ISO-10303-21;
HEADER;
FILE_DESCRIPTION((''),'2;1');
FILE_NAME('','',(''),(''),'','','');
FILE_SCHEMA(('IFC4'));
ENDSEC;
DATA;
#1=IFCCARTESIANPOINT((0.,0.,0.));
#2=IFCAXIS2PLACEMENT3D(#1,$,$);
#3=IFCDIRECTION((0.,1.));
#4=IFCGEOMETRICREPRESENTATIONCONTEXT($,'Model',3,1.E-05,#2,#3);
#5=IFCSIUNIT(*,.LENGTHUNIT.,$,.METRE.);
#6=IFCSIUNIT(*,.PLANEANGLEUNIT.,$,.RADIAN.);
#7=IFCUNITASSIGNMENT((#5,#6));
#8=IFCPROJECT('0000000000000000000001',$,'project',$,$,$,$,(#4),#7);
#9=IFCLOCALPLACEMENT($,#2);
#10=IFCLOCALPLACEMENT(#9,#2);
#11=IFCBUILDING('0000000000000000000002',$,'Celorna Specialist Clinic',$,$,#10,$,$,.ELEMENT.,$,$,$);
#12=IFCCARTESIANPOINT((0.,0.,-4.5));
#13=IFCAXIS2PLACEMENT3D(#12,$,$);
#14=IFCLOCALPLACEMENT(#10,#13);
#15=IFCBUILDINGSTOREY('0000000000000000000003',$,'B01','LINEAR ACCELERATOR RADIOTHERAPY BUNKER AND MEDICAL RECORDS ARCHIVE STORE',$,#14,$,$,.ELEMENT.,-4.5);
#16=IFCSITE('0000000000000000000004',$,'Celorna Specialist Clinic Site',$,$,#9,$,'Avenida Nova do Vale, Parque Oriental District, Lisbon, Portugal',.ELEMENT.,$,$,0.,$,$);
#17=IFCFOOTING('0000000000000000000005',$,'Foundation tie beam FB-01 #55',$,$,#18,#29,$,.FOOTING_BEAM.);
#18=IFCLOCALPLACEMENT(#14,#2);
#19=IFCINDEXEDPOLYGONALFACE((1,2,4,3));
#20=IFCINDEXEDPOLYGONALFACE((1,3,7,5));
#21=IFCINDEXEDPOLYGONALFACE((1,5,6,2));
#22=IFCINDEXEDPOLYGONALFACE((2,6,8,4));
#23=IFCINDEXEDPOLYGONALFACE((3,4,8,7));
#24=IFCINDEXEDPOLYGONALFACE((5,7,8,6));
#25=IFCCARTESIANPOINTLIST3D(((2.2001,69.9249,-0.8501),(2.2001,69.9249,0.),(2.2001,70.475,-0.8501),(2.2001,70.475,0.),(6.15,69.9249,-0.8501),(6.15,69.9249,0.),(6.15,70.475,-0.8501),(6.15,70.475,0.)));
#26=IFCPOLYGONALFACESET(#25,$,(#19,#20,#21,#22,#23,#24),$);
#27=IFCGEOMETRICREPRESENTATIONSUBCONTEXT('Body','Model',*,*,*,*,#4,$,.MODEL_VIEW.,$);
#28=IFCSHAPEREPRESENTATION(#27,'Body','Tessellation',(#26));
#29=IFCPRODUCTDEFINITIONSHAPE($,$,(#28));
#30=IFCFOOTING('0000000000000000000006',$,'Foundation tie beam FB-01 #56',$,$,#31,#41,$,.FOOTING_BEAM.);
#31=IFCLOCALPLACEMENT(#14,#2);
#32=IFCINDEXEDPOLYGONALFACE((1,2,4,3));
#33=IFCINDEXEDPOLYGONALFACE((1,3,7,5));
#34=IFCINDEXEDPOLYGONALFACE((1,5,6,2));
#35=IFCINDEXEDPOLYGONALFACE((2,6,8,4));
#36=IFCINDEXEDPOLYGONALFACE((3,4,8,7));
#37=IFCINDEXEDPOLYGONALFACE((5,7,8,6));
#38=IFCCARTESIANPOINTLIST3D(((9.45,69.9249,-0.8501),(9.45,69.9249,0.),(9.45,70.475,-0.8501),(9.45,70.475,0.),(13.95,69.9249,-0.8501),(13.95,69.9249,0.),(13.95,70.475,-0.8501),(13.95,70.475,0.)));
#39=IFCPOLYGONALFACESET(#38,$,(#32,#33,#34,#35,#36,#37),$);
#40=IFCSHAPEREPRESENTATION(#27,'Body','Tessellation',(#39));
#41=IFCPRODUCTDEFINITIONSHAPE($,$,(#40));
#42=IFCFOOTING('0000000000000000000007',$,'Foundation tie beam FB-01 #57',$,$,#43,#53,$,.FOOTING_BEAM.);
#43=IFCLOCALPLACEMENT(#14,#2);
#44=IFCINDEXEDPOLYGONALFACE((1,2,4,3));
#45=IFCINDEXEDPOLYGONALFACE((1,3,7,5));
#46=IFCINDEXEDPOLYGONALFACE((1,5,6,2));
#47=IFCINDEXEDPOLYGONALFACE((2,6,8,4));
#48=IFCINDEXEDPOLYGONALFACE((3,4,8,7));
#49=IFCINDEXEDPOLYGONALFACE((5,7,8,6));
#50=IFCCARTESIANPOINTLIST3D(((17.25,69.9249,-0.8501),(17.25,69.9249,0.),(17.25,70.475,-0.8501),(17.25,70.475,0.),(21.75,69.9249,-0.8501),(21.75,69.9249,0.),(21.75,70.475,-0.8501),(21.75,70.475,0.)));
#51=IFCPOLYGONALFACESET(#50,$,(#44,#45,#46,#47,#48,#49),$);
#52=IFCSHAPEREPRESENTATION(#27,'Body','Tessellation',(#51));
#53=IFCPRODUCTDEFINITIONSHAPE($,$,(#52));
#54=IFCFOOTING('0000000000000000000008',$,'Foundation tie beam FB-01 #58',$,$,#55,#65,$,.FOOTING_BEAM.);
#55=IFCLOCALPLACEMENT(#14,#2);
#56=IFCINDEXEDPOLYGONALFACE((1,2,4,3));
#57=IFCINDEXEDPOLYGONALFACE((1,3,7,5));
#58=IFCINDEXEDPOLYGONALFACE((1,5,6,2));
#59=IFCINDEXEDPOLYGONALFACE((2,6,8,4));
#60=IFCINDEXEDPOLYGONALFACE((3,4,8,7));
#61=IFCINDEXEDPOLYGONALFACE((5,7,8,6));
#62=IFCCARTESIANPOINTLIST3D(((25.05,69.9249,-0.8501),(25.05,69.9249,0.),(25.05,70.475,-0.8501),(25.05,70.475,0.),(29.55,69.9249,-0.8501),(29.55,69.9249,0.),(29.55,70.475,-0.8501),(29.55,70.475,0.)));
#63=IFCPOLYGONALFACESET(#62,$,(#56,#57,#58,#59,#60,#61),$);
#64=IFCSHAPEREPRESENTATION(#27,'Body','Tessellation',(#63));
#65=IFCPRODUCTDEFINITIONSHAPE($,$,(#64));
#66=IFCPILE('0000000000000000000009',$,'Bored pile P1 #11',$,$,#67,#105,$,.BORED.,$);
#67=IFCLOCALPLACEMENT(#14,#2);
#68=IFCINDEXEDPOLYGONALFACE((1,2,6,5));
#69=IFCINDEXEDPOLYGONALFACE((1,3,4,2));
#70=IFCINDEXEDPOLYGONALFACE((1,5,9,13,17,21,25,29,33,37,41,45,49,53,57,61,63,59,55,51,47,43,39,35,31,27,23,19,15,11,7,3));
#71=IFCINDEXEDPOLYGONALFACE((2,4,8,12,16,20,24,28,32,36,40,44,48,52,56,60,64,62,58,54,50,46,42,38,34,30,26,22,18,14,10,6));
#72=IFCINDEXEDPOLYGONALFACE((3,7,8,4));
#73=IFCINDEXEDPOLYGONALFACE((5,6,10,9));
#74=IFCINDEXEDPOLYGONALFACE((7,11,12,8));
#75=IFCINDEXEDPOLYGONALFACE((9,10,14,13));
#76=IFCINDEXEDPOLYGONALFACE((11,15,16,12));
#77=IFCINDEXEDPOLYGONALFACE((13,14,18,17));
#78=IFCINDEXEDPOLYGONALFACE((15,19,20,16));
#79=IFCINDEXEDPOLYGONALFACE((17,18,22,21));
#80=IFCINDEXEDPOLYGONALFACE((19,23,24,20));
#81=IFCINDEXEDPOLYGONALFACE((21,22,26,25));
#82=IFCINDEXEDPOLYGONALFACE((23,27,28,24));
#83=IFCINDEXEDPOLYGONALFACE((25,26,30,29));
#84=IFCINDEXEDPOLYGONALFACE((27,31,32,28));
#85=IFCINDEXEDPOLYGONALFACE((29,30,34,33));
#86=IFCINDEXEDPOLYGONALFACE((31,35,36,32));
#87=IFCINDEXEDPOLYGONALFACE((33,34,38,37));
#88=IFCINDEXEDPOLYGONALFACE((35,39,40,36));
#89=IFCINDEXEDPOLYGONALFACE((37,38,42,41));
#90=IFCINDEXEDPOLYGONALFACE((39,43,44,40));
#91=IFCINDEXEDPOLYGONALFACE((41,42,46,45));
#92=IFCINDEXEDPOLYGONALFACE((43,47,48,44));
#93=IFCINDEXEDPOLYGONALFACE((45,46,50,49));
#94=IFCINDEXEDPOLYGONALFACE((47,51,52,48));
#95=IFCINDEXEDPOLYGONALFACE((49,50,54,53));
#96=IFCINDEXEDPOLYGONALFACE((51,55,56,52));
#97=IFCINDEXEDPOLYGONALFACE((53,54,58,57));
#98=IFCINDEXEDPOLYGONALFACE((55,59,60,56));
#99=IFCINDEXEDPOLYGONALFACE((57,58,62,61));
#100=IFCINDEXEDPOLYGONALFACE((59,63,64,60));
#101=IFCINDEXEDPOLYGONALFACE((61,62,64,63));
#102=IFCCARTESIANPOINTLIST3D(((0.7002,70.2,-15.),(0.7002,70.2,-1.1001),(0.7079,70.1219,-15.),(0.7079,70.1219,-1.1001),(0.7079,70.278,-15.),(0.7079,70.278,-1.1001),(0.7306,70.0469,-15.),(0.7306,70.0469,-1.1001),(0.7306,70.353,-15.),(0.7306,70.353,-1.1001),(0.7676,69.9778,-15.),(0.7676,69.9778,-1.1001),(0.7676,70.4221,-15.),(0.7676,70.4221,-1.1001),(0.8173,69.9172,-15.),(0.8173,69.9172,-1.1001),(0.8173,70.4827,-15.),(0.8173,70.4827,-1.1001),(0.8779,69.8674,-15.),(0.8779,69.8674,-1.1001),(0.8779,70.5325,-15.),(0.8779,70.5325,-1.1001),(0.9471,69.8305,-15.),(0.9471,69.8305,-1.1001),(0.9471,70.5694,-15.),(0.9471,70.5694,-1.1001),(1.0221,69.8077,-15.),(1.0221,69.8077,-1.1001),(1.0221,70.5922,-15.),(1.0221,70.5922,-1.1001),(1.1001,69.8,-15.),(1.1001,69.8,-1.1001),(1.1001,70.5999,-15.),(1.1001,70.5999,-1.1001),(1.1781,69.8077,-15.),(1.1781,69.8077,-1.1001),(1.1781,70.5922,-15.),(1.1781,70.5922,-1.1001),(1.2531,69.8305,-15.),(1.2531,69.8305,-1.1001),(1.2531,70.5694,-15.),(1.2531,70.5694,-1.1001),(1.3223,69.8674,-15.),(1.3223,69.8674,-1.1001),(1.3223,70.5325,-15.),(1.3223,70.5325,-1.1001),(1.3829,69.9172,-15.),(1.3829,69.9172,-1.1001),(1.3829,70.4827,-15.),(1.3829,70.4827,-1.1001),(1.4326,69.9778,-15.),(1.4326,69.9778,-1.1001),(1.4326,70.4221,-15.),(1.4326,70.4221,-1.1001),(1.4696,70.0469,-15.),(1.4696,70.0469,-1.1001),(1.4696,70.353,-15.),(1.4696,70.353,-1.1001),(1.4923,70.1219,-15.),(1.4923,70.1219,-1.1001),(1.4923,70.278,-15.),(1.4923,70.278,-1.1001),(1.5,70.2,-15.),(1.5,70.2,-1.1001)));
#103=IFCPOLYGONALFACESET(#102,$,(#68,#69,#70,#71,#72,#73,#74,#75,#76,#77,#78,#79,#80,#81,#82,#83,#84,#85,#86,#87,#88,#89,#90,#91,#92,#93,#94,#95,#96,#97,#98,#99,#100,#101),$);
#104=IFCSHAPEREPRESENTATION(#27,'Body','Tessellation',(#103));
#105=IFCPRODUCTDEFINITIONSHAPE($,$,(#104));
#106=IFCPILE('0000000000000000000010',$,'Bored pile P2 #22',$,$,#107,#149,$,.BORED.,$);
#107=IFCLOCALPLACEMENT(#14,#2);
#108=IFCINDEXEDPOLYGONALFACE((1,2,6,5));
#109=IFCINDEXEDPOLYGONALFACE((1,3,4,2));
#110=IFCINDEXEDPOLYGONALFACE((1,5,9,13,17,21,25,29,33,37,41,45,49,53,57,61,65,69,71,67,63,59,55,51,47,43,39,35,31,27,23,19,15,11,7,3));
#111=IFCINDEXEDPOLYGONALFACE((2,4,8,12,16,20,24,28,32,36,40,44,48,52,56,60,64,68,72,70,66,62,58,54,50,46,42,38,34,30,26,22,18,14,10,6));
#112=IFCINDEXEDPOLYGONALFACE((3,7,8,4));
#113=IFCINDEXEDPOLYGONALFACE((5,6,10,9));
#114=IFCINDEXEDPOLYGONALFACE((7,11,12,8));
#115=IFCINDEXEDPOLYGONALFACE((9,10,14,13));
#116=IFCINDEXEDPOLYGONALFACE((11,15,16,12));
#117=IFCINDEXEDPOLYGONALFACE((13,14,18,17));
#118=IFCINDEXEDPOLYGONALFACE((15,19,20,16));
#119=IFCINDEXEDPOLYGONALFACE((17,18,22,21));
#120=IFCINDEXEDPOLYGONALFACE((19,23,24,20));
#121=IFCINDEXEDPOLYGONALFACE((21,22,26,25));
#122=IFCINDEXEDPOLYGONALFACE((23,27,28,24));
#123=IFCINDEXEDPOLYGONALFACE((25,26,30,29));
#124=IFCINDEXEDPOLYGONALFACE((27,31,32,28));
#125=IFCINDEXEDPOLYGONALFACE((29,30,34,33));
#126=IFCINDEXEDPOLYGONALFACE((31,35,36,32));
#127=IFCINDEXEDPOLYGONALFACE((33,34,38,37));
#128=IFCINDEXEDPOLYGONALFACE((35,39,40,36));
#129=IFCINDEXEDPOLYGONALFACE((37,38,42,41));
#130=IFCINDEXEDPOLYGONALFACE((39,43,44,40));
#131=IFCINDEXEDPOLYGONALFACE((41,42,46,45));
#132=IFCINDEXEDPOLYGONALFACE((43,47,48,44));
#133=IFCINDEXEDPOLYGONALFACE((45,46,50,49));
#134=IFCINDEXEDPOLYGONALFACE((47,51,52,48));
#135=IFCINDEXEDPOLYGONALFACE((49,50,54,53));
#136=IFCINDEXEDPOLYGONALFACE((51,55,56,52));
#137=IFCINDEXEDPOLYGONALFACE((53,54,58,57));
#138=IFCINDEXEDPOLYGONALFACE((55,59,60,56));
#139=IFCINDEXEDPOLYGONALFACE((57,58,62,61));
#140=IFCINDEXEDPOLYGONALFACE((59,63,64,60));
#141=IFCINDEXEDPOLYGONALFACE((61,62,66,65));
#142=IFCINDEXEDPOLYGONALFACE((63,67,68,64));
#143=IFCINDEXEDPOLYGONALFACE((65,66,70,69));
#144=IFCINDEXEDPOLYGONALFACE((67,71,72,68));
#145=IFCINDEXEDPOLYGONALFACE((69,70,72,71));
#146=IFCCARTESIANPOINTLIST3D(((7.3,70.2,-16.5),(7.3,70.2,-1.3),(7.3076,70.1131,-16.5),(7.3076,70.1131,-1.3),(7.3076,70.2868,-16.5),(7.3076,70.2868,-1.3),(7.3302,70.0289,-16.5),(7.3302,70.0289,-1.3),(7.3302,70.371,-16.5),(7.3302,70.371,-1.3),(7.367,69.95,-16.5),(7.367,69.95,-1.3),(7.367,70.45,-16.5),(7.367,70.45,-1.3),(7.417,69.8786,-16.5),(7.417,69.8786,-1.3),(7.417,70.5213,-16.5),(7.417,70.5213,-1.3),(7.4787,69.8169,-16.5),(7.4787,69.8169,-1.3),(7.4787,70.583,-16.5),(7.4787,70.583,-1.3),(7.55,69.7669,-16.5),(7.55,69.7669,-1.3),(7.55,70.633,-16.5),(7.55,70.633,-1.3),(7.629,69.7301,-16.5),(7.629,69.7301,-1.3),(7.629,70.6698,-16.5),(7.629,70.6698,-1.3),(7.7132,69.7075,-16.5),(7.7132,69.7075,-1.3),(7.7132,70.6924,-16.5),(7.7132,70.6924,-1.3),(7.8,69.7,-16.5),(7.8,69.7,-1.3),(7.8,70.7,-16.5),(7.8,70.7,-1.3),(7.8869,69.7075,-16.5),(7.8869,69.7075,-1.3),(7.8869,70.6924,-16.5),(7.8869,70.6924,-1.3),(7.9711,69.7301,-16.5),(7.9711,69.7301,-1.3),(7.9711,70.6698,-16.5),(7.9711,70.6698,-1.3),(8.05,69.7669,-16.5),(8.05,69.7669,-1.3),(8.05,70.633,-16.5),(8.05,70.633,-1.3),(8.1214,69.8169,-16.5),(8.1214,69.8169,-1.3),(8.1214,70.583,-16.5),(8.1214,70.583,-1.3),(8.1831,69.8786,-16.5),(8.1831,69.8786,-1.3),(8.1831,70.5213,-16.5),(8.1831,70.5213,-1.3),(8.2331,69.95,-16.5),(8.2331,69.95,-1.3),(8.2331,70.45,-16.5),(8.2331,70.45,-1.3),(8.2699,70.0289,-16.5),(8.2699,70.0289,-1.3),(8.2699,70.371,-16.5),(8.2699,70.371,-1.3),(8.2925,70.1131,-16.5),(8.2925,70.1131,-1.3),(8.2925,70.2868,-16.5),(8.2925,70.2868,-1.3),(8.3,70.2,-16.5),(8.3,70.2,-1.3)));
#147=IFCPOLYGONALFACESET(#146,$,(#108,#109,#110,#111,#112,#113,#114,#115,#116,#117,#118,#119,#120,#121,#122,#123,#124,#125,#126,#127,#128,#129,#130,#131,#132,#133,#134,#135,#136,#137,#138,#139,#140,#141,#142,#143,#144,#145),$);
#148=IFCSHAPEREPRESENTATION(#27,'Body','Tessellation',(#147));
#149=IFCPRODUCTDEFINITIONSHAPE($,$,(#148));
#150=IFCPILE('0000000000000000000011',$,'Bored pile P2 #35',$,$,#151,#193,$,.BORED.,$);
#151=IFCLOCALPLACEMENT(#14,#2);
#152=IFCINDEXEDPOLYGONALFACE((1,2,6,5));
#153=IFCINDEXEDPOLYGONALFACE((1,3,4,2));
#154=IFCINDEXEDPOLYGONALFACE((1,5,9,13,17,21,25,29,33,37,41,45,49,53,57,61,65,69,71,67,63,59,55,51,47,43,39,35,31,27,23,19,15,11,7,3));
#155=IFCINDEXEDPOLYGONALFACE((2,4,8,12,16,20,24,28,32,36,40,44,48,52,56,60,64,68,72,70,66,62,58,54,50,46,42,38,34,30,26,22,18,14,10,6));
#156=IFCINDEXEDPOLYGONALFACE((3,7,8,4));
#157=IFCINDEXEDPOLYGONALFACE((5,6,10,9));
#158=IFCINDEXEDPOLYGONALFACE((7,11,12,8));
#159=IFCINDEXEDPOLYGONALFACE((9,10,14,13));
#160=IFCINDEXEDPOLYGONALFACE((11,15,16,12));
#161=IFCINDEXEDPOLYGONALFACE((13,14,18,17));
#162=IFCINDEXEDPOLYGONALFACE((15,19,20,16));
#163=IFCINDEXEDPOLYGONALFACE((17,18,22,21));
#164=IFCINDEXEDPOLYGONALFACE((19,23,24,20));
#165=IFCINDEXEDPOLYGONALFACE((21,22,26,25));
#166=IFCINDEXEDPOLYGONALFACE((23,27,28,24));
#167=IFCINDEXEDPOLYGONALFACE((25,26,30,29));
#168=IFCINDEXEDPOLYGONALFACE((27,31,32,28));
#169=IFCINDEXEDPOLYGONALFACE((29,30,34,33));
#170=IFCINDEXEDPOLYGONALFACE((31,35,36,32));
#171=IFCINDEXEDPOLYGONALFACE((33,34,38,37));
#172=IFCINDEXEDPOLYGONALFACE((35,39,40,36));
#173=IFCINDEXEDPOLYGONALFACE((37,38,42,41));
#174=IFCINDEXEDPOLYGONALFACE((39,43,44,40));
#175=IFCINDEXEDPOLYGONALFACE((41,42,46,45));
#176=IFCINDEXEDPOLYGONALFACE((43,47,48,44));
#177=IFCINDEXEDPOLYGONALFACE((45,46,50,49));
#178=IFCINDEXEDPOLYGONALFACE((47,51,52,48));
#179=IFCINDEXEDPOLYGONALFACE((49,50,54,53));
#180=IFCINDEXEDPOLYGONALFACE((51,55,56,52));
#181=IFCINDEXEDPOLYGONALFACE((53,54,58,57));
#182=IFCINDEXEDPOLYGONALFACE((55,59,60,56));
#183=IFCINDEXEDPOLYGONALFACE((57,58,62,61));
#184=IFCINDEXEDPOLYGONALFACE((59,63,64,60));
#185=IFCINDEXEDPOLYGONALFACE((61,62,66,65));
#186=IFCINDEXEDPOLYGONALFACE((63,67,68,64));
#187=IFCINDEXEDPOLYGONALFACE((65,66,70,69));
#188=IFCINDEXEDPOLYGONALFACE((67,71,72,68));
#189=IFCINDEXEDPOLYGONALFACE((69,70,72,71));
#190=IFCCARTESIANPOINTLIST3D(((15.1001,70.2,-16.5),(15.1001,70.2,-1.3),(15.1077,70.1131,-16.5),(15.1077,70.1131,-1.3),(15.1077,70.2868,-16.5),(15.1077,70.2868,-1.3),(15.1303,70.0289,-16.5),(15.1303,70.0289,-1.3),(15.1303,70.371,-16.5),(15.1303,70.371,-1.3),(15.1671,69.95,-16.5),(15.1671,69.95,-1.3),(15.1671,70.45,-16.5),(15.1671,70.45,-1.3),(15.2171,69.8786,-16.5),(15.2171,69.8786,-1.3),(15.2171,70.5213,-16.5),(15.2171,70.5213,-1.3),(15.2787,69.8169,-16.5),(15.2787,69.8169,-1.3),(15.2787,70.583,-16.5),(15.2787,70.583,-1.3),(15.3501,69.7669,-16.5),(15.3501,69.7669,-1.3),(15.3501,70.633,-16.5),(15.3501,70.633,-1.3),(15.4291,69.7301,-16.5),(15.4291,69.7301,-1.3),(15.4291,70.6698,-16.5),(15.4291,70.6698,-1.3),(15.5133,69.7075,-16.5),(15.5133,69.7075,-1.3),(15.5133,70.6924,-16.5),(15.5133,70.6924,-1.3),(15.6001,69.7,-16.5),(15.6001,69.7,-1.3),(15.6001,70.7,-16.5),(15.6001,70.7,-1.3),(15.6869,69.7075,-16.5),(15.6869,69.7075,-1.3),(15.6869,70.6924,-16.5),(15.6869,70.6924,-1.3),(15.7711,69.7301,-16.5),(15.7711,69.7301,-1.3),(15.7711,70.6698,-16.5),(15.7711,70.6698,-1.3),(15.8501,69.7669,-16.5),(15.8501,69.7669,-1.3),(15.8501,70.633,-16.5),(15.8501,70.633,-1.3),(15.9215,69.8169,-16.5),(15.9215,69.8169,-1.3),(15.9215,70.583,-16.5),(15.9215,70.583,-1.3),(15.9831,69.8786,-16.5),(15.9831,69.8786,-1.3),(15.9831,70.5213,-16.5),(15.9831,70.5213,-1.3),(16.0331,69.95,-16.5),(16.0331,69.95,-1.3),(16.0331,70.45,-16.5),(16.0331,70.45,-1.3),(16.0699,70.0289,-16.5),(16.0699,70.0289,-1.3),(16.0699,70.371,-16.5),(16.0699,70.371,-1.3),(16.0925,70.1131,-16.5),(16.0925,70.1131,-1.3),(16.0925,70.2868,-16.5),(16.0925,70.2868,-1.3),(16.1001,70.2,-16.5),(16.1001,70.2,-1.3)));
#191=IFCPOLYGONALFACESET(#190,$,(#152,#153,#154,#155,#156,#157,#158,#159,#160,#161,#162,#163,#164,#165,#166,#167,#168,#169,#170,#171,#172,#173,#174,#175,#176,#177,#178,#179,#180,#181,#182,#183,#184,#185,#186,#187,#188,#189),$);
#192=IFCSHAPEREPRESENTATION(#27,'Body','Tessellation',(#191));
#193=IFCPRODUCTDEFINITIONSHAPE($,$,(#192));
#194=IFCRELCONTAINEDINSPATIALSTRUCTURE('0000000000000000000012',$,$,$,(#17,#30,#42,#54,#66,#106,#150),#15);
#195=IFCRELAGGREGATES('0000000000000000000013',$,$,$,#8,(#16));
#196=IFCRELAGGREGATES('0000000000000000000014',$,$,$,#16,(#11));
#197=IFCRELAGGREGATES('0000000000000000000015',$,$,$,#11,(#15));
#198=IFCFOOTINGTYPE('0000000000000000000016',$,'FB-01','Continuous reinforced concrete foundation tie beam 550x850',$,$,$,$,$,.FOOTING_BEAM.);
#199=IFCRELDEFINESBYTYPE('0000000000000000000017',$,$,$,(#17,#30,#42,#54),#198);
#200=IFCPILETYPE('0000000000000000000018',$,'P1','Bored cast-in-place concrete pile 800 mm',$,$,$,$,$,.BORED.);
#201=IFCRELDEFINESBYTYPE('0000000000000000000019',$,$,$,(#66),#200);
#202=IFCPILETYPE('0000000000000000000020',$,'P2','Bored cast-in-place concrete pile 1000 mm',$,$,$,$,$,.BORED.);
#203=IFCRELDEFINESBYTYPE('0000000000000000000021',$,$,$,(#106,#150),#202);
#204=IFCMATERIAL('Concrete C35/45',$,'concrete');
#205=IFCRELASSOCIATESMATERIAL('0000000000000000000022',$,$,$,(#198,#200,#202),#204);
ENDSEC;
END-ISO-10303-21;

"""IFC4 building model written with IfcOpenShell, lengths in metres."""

from ifc_helpers import new_model, si_unit, direction, frame, origin, origin_2d, place, context, subcontext, project, spatial, rectangle, circle, extrude, material, material_profile, profile_set, type_object, element, save


model = new_model("IFC4")

# Units and contexts
model_context = context("Model", 3, precision=1e-05, world=origin(), true_north=direction((0.0, 1.0)))
body_context = subcontext(model_context, "Body", "Model", "MODEL_VIEW")
ifc_project = project(units=[si_unit("LENGTHUNIT", "METRE"), si_unit("PLANEANGLEUNIT", "RADIAN")], contexts=[model_context])

# Site, building, storey
site_placement = place(None, origin())
site = spatial("IfcSite", under=ifc_project, at=site_placement, Name="Celorna Specialist Clinic Site", LongName="Avenida Nova do Vale, Parque Oriental District, Lisbon, Portugal", CompositionType="ELEMENT", RefElevation=0.0)
building_placement = place(site_placement, origin())
building = spatial("IfcBuilding", under=site, at=building_placement, Name="Celorna Specialist Clinic", CompositionType="ELEMENT")
storey_placement = place(building_placement, frame((0.0, 0.0, -4.5)))
storey = spatial("IfcBuildingStorey", under=building, at=storey_placement, Name="B01", Description="LINEAR ACCELERATOR RADIOTHERAPY BUNKER AND MEDICAL RECORDS ARCHIVE STORE", CompositionType="ELEMENT", Elevation=-4.5)

# Footings
ifc_material_1 = material(Name="Concrete C35/45", Category="concrete")
footing_type_1 = type_object("IfcFootingType", Name="FB-01", Description="Continuous reinforced concrete foundation tie beam 550x850", PredefinedType="FOOTING_BEAM", material=ifc_material_1)
footing_1_placement = place(storey_placement, frame((4.175, 70.2, -0.8501), z_axis=(0.0, 0.0, 1.0), x_axis=(1.0, 0.0, 0.0)))
element("IfcFooting", 1, at=footing_1_placement, inside=storey, type_object=footing_type_1, Name="Foundation tie beam FB-01 #55", PredefinedType="FOOTING_BEAM", context=body_context, shape_type="SweptSolid", body=[
    extrude(rectangle(XDim=3.95, YDim=0.55, at=origin_2d()), origin(), (0.0, 0.0, 1.0), 0.8501),
])
for number, where, z_axis, x_axis, name in (
    (2, (11.7, 70.2, -0.8501), (0.0, 0.0, 1.0), (1.0, 0.0, 0.0), "Foundation tie beam FB-01 #56"),
    (3, (19.5, 70.2, -0.8501), (0.0, 0.0, 1.0), (1.0, 0.0, 0.0), "Foundation tie beam FB-01 #57"),
    (4, (27.3, 70.2, -0.8501), (0.0, 0.0, 1.0), (1.0, 0.0, 0.0), "Foundation tie beam FB-01 #58"),
):
    element("IfcFooting", number, at=place(storey_placement, frame(where, z_axis=z_axis, x_axis=x_axis)), inside=storey, type_object=footing_type_1, Name=name, PredefinedType="FOOTING_BEAM", context=body_context, shape_type="SweptSolid", body=[
        extrude(rectangle(XDim=4.5, YDim=0.55, at=origin_2d()), origin(), (0.0, 0.0, 1.0), 0.8501),
    ])

# Piles
ifc_material_profile_1 = material_profile(ifc_material_1, circle(Radius=0.3999, at=origin_2d()), Name="BORED PILE 800")
ifc_profile_set_1 = profile_set([ifc_material_profile_1], Name="Concrete C35/45")
pile_type_1 = type_object("IfcPileType", Name="P1", Description="Bored cast-in-place concrete pile 800 mm", PredefinedType="BORED", material=ifc_profile_set_1)
pile_placement = place(storey_placement, frame((1.1001, 70.2, -1.1001), z_axis=(0.0, 0.0, -1.0), x_axis=(1.0, 0.0, 0.0)))
element("IfcPile", 5, at=pile_placement, inside=storey, type_object=pile_type_1, Name="Bored pile P1 #11", PredefinedType="BORED", context=body_context, shape_type="SweptSolid", body=[
    extrude(circle(Radius=0.3999, at=origin_2d()), origin(), (0.0, 0.0, 1.0), 13.8999),
])
ifc_material_profile_2 = material_profile(ifc_material_1, circle(Radius=0.5, at=origin_2d()), Name="BORED PILE 1000")
ifc_profile_set_2 = profile_set([ifc_material_profile_2], Name="Concrete C35/45")
pile_type_2 = type_object("IfcPileType", Name="P2", Description="Bored cast-in-place concrete pile 1000 mm", PredefinedType="BORED", material=ifc_profile_set_2)
for number, where, z_axis, x_axis, name in (
    (6, (7.8, 70.2, -1.3), (0.0, 0.0, -1.0), (1.0, 0.0, 0.0), "Bored pile P2 #22"),
    (7, (15.6001, 70.2, -1.3), (0.0, 0.0, -1.0), (1.0, 0.0, 0.0), "Bored pile P2 #35"),
):
    element("IfcPile", number, at=place(storey_placement, frame(where, z_axis=z_axis, x_axis=x_axis)), inside=storey, type_object=pile_type_2, Name=name, PredefinedType="BORED", context=body_context, shape_type="SweptSolid", body=[
        extrude(circle(Radius=0.5, at=origin_2d()), origin(), (0.0, 0.0, 1.0), 15.2),
    ])

save(model, "model.ifc")
